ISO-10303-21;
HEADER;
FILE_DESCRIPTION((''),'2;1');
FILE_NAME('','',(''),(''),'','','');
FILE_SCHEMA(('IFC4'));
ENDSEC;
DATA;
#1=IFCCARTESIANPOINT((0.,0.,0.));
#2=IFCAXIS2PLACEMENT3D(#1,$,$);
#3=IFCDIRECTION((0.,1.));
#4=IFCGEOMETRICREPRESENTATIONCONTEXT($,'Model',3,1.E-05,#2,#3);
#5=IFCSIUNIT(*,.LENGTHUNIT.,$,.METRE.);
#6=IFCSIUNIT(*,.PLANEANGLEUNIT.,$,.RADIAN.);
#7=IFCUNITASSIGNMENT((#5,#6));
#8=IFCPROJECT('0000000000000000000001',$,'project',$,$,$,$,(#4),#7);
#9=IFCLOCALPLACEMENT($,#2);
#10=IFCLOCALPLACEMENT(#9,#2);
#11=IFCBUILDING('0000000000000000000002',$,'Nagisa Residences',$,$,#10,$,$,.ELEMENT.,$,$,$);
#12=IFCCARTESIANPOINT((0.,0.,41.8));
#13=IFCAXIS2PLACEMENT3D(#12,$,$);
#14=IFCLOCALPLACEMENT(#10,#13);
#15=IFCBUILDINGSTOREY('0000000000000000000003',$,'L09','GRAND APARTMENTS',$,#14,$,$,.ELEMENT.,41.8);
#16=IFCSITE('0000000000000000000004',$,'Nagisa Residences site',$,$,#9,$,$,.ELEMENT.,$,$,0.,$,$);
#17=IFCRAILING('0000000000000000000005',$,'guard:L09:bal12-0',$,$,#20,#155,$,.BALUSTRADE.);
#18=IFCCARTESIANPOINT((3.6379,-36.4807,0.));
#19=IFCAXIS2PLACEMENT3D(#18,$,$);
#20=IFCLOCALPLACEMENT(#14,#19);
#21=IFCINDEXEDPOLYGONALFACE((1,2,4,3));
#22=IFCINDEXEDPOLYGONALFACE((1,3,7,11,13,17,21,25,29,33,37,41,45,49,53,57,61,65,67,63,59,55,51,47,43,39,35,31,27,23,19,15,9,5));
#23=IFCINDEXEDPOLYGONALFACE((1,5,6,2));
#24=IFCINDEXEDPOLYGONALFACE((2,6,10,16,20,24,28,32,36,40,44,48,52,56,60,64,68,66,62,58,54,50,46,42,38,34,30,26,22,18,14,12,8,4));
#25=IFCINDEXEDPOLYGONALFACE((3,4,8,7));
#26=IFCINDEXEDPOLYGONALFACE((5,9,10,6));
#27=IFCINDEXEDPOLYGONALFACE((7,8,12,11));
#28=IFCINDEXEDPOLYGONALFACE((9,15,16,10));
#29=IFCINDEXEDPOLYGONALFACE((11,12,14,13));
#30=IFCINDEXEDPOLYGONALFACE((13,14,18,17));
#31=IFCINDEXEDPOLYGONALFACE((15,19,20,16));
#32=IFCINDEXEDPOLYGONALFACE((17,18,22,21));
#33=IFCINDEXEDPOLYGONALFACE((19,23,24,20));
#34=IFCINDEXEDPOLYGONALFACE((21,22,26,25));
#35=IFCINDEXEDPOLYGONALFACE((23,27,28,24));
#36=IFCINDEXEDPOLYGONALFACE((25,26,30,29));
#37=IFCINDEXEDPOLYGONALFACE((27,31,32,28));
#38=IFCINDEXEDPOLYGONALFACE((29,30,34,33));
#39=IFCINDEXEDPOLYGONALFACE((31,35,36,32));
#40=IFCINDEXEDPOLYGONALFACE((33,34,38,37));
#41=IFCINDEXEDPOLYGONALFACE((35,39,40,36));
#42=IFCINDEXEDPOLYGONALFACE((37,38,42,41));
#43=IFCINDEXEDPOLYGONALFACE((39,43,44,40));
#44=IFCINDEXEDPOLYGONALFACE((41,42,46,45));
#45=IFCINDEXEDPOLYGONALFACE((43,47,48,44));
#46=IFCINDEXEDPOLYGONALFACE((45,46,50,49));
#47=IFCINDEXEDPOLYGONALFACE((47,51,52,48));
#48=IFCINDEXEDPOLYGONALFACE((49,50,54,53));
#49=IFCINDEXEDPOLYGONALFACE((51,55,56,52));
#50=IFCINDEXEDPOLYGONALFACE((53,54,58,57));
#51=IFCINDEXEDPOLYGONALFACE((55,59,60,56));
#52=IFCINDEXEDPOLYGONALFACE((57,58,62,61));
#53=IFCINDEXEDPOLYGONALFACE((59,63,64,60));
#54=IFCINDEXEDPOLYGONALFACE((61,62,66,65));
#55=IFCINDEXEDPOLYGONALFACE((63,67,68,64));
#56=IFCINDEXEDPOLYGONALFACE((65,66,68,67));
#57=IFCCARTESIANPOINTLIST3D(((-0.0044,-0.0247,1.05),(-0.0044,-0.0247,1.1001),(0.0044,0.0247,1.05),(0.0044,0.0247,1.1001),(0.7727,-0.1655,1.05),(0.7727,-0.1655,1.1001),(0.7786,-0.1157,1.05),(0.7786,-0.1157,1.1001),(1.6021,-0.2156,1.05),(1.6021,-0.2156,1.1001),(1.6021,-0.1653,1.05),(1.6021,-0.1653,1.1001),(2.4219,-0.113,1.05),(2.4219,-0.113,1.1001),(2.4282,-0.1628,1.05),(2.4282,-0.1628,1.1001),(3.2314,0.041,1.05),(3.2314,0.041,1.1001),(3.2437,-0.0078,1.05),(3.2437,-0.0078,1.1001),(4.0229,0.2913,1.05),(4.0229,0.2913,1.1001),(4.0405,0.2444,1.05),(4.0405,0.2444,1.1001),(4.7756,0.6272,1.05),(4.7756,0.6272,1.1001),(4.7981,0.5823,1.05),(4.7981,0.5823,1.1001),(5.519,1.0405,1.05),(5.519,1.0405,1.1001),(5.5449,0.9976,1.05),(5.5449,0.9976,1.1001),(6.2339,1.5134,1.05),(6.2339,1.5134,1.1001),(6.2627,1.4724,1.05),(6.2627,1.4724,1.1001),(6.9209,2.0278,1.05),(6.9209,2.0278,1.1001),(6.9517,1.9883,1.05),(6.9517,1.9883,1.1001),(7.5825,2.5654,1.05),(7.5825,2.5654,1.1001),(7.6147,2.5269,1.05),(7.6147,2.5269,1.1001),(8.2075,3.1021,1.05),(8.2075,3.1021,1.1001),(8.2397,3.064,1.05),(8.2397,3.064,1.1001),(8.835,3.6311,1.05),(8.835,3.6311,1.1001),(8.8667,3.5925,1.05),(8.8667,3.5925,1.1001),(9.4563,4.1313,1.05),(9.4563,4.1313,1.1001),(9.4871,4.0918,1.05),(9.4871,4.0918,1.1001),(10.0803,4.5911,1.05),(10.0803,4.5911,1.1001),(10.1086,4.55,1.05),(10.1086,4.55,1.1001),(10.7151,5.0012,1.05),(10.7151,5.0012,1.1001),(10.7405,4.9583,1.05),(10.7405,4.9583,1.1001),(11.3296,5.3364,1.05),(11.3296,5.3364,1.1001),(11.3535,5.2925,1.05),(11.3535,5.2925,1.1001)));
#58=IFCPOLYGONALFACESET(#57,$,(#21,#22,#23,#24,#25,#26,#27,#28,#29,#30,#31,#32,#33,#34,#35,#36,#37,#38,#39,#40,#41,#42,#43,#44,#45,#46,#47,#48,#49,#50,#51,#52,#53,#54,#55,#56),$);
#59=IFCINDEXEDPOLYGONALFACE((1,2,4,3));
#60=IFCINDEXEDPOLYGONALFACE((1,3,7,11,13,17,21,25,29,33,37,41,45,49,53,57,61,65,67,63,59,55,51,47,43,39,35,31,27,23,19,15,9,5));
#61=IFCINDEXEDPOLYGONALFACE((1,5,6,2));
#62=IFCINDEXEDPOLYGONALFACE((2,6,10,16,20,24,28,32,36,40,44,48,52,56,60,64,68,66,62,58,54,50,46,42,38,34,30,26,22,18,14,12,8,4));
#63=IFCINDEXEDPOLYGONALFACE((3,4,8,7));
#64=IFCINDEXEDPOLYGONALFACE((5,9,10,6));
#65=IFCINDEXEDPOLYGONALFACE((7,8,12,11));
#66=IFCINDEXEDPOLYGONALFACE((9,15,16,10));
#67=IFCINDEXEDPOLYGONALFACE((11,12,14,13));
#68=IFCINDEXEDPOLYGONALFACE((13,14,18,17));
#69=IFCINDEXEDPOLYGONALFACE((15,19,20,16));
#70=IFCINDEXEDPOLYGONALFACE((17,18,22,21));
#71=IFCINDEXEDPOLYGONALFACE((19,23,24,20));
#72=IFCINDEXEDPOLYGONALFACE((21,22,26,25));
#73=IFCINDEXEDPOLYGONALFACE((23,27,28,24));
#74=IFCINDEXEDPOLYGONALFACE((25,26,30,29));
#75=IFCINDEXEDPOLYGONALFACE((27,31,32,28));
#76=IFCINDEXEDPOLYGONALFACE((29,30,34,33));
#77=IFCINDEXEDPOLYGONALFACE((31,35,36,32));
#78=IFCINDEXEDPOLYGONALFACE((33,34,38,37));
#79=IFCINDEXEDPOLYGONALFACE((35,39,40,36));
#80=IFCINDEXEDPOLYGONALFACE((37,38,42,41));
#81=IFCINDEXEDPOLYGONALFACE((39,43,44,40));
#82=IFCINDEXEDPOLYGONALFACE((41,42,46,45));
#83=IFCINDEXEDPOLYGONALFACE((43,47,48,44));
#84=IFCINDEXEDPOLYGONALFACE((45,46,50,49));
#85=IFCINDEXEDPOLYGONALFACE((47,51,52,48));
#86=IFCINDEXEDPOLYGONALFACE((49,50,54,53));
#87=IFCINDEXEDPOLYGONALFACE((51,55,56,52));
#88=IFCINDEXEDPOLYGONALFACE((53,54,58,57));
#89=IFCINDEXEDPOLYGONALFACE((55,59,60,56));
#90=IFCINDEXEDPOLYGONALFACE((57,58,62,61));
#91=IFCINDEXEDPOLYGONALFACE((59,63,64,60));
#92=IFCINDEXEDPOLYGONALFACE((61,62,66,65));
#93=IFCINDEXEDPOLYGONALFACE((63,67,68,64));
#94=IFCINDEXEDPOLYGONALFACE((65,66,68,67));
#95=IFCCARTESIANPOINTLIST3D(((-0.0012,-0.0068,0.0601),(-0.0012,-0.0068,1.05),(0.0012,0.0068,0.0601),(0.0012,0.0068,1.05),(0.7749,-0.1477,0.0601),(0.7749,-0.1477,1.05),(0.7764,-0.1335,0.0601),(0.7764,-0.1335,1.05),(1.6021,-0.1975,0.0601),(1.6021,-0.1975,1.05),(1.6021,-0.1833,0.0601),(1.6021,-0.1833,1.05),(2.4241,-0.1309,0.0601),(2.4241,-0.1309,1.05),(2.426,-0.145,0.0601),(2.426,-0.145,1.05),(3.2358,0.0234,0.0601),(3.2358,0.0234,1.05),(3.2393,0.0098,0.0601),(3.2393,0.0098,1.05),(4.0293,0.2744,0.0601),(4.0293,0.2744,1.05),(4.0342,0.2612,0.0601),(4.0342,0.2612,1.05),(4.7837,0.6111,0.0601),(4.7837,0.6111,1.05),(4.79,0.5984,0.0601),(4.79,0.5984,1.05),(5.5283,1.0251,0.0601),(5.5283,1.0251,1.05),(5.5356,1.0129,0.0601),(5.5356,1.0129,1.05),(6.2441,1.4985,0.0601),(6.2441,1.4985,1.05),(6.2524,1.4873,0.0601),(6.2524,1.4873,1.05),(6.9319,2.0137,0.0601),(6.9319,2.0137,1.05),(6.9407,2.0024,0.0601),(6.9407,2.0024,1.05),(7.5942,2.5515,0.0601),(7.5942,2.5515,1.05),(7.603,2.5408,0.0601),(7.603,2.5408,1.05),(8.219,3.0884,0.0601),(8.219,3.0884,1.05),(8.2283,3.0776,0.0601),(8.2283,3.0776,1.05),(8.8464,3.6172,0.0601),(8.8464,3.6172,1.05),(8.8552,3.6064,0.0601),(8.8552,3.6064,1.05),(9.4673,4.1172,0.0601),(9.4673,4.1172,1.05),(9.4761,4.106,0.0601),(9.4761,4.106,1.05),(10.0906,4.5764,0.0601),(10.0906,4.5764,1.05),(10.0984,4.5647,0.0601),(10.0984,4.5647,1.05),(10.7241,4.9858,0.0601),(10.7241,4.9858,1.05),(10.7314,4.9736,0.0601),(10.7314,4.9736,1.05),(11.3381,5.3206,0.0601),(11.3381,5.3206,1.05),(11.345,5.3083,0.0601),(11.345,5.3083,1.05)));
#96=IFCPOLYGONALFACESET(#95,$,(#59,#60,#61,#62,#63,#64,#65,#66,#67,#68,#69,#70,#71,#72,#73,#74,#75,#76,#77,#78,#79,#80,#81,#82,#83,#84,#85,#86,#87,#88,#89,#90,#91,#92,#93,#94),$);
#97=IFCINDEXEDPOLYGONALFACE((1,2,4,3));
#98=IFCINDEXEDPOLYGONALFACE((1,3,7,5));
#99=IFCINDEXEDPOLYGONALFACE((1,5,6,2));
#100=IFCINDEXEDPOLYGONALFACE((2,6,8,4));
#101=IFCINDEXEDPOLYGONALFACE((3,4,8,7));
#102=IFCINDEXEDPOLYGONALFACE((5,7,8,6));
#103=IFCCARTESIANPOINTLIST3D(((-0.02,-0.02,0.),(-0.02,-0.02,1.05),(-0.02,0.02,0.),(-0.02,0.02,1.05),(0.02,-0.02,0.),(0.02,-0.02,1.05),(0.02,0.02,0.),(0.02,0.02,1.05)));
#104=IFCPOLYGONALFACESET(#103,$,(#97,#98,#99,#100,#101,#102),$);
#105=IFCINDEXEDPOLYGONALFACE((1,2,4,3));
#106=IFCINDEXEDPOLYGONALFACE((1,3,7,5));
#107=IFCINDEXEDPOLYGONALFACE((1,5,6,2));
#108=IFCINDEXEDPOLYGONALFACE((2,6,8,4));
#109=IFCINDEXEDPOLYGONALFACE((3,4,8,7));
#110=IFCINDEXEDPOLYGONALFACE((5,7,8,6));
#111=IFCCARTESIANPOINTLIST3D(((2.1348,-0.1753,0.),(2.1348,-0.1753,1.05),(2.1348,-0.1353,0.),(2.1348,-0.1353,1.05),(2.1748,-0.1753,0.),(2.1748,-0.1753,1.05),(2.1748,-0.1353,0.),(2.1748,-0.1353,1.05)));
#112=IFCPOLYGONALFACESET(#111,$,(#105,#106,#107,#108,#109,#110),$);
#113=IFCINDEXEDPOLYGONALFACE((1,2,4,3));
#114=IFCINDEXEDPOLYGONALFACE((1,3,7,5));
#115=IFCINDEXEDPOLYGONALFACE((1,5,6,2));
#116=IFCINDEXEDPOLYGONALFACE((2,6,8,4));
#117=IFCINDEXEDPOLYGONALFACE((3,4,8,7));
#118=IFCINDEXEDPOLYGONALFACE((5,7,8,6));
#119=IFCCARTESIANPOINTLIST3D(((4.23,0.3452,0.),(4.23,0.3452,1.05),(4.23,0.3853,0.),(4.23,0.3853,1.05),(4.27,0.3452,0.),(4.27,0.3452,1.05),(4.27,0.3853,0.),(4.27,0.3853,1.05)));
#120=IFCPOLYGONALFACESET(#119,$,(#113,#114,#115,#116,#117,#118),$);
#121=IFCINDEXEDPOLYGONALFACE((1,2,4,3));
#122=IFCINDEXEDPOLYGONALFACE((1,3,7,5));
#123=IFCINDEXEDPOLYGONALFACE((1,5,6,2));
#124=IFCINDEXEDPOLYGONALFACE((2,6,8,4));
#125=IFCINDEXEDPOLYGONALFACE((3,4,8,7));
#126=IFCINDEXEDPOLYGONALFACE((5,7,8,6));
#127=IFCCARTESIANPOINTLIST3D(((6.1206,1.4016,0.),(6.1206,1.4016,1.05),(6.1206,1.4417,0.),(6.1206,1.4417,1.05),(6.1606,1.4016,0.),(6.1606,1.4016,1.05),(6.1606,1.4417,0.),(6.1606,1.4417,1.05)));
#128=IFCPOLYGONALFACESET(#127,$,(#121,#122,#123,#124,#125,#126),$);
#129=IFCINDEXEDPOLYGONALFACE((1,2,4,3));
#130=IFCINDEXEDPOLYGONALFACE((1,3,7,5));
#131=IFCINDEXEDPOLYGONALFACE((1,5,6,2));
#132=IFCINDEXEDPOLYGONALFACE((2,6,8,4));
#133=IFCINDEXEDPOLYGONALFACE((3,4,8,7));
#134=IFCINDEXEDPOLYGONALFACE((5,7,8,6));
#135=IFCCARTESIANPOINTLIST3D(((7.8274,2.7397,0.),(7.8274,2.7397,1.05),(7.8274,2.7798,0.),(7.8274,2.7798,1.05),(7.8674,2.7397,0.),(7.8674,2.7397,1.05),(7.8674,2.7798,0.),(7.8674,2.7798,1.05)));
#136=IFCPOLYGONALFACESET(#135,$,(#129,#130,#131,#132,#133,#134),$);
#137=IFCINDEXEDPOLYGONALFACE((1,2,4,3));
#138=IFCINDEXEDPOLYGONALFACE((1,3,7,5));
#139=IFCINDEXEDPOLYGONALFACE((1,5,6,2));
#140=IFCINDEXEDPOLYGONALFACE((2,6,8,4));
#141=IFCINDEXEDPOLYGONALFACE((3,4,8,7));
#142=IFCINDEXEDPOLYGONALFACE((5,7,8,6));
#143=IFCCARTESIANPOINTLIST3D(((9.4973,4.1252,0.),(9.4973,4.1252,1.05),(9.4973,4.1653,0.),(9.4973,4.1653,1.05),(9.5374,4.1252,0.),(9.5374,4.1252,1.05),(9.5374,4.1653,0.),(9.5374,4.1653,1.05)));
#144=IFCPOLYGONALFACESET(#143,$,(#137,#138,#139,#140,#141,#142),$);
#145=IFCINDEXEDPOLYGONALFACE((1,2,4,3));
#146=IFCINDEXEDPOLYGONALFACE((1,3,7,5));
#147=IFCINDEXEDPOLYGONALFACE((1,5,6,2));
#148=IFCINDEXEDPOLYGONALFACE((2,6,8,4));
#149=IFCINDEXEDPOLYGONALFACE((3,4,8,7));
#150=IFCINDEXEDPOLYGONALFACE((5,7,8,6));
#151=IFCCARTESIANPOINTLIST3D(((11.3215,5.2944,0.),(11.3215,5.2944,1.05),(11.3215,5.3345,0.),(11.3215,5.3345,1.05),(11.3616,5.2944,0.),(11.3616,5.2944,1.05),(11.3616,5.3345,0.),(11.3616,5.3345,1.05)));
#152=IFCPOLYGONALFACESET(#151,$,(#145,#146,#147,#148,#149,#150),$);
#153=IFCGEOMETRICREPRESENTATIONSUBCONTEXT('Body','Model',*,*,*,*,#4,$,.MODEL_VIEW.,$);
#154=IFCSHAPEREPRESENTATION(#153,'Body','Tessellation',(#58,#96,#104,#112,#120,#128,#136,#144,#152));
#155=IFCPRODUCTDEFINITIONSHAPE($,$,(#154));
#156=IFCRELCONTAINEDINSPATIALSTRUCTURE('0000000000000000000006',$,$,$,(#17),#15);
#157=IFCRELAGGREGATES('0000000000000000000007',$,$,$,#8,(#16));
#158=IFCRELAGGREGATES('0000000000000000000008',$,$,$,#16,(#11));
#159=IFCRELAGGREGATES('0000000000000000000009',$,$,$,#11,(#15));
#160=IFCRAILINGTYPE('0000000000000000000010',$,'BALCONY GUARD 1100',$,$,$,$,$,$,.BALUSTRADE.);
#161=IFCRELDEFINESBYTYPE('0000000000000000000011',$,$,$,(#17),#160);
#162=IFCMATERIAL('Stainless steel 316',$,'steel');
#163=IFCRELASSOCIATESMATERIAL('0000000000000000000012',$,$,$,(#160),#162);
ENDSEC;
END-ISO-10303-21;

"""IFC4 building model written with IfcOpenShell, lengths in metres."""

from ifc_helpers import new_model, si_unit, direction, frame, origin, origin_2d, place, context, subcontext, project, spatial, polyline, rectangle, outline, extrude, material, type_object, element, save


model = new_model("IFC4")

# Units and contexts
model_context = context("Model", 3, precision=1e-05, world=origin(), true_north=direction((0.0, 1.0)))
body_context = subcontext(model_context, "Body", "Model", "MODEL_VIEW")
ifc_project = project(units=[si_unit("LENGTHUNIT", "METRE"), si_unit("PLANEANGLEUNIT", "RADIAN")], contexts=[model_context])

# Site, building, storey
site_placement = place(None, origin())
site = spatial("IfcSite", under=ifc_project, at=site_placement, Name="Nagisa Residences site", CompositionType="ELEMENT", RefElevation=0.0)
building_placement = place(site_placement, origin())
building = spatial("IfcBuilding", under=site, at=building_placement, Name="Nagisa Residences", CompositionType="ELEMENT")
storey_placement = place(building_placement, frame((0.0, 0.0, 41.8)))
storey = spatial("IfcBuildingStorey", under=building, at=storey_placement, Name="L09", Description="GRAND APARTMENTS", CompositionType="ELEMENT", Elevation=41.8)

# Railing
ifc_material_1 = material(Name="Stainless steel 316", Category="steel")
railing_type = type_object("IfcRailingType", Name="BALCONY GUARD 1100", PredefinedType="BALUSTRADE", material=ifc_material_1)
railing_placement = place(storey_placement, frame((3.6379, -36.4807, 0.0)))
element("IfcRailing", 1, at=railing_placement, inside=storey, type_object=railing_type, Name="guard:L09:bal12-0", PredefinedType="BALUSTRADE", context=body_context, shape_type="SweptSolid", body=[
    extrude(outline(polyline([(0.7786, -0.1157), (0.0044, 0.0247), (-0.0044, -0.0247), (0.7727, -0.1655), (1.6021, -0.2156), (2.4282, -0.1628), (3.2437, -0.0078), (4.0405, 0.2444), (4.7981, 0.5823), (5.5449, 0.9976), (6.2627, 1.4724), (6.9517, 1.9883), (7.6147, 2.5269), (8.2397, 3.064), (8.8667, 3.5925), (9.4871, 4.0918), (10.1086, 4.55), (10.7405, 4.9583), (11.3535, 5.2925), (11.3296, 5.3364), (10.7151, 5.0012), (10.0803, 4.5911), (9.4563, 4.1313), (8.835, 3.6311), (8.2075, 3.1021), (7.5825, 2.5654), (6.9209, 2.0278), (6.2339, 1.5134), (5.519, 1.0405), (4.7756, 0.6272), (4.0229, 0.2913), (3.2314, 0.041), (2.4219, -0.113), (1.6021, -0.1653), (0.7786, -0.1157)])), frame((0.0, 0.0, 1.05)), (0.0, 0.0, 1.0), 0.05),
    extrude(outline(polyline([(0.7764, -0.1335), (0.0012, 0.0068), (-0.0012, -0.0068), (0.7749, -0.1477), (1.6021, -0.1975), (2.426, -0.145), (3.2393, 0.0098), (4.0342, 0.2612), (4.79, 0.5984), (5.5356, 1.0129), (6.2524, 1.4873), (6.9407, 2.0024), (7.603, 2.5408), (8.2283, 3.0776), (8.8552, 3.6064), (9.4761, 4.106), (10.0984, 4.5647), (10.7314, 4.9736), (11.345, 5.3083), (11.3381, 5.3206), (10.7241, 4.9858), (10.0906, 4.5764), (9.4673, 4.1172), (8.8464, 3.6172), (8.219, 3.0884), (7.5942, 2.5515), (6.9319, 2.0137), (6.2441, 1.4985), (5.5283, 1.0251), (4.7837, 0.6111), (4.0293, 0.2744), (3.2358, 0.0234), (2.4241, -0.1309), (1.6021, -0.1833), (0.7764, -0.1335)])), frame((0.0, 0.0, 0.0601)), (0.0, 0.0, 1.0), 0.99),
    extrude(rectangle(XDim=0.04, YDim=0.04, at=origin_2d()), origin(), (0.0, 0.0, 1.0), 1.05),
    extrude(rectangle(XDim=0.04, YDim=0.04, at=origin_2d()), frame((2.1548, -0.1553, 0.0)), (0.0, 0.0, 1.0), 1.05),
    extrude(rectangle(XDim=0.04, YDim=0.04, at=origin_2d()), frame((4.25, 0.3652, 0.0)), (0.0, 0.0, 1.0), 1.05),
    extrude(rectangle(XDim=0.04, YDim=0.04, at=origin_2d()), frame((6.1406, 1.4216, 0.0)), (0.0, 0.0, 1.0), 1.05),
    extrude(rectangle(XDim=0.04, YDim=0.04, at=origin_2d()), frame((7.8474, 2.7598, 0.0)), (0.0, 0.0, 1.0), 1.05),
    extrude(rectangle(XDim=0.04, YDim=0.04, at=origin_2d()), frame((9.5173, 4.1453, 0.0)), (0.0, 0.0, 1.0), 1.05),
    extrude(rectangle(XDim=0.04, YDim=0.04, at=origin_2d()), frame((11.3416, 5.3145, 0.0)), (0.0, 0.0, 1.0), 1.05),
])

save(model, "model.ifc")
